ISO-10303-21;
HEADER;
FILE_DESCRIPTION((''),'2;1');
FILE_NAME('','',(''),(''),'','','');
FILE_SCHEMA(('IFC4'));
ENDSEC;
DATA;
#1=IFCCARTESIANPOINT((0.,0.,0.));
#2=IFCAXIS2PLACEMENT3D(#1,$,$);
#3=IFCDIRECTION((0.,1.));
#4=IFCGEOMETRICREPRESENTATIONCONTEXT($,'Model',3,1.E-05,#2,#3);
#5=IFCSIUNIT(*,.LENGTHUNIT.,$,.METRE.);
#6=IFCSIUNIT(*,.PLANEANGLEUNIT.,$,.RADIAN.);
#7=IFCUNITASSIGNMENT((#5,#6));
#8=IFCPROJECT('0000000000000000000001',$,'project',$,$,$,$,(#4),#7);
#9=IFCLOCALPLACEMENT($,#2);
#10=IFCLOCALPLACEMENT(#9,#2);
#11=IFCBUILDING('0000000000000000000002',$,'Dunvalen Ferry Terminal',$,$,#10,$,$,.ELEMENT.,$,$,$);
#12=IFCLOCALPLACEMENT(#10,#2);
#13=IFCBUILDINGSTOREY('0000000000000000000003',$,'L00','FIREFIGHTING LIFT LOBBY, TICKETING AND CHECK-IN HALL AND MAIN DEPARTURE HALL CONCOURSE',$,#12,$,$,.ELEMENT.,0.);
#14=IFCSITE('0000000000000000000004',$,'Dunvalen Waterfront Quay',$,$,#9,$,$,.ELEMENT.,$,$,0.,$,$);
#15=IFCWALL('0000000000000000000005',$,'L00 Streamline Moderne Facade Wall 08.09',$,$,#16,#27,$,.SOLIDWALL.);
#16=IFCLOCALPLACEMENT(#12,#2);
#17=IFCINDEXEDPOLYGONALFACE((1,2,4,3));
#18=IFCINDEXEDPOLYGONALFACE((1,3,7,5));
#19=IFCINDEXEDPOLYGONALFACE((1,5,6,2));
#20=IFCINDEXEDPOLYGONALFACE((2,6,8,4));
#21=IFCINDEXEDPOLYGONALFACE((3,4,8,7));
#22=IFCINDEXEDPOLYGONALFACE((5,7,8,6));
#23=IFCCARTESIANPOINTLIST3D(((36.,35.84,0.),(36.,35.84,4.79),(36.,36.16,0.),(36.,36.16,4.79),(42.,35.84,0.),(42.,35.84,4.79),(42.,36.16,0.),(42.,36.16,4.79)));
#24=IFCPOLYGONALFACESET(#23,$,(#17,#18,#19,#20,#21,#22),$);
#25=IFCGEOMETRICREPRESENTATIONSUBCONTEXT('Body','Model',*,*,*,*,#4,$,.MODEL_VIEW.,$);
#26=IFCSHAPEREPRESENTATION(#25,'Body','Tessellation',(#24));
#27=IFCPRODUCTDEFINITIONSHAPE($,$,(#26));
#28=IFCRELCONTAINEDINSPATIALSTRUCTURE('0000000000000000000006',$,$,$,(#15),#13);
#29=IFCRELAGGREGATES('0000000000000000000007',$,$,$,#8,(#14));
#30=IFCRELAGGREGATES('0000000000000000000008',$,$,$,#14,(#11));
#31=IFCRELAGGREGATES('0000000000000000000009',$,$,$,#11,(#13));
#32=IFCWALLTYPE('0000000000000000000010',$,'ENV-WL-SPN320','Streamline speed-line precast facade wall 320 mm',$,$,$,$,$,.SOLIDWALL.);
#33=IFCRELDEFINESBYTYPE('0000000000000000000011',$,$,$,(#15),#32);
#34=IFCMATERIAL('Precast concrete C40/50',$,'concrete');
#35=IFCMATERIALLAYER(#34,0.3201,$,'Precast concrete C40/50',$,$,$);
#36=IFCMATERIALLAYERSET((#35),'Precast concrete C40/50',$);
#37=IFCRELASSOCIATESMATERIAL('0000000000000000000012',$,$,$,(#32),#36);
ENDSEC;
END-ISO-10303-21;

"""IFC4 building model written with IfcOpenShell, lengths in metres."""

from ifc_helpers import new_model, si_unit, direction, frame, frame_2d, origin, place, context, subcontext, project, spatial, rectangle, extrude, material, layer, layer_set, type_object, element, save


model = new_model("IFC4")

# Units and contexts
model_context = context("Model", 3, precision=1e-05, world=origin(), true_north=direction((0.0, 1.0)))
body_context = subcontext(model_context, "Body", "Model", "MODEL_VIEW")
ifc_project = project(units=[si_unit("LENGTHUNIT", "METRE"), si_unit("PLANEANGLEUNIT", "RADIAN")], contexts=[model_context])

# Site, building, storey
site_placement = place(None, origin())
site = spatial("IfcSite", under=ifc_project, at=site_placement, Name="Dunvalen Waterfront Quay", CompositionType="ELEMENT", RefElevation=0.0)
building_placement = place(site_placement, origin())
building = spatial("IfcBuilding", under=site, at=building_placement, Name="Dunvalen Ferry Terminal", CompositionType="ELEMENT")
storey_placement = place(building_placement, origin())
storey = spatial("IfcBuildingStorey", under=building, at=storey_placement, Name="L00", Description="FIREFIGHTING LIFT LOBBY, TICKETING AND CHECK-IN HALL AND MAIN DEPARTURE HALL CONCOURSE", CompositionType="ELEMENT", Elevation=0.0)

# Wall
ifc_material_1 = material(Name="Precast concrete C40/50", Category="concrete")
ifc_layer_1 = layer(ifc_material_1, 0.3201, Name="Precast concrete C40/50")
ifc_layer_set_1 = layer_set([ifc_layer_1], Name="Precast concrete C40/50")
wall_type = type_object("IfcWallType", Name="ENV-WL-SPN320", Description="Streamline speed-line precast facade wall 320 mm", PredefinedType="SOLIDWALL", material=ifc_layer_set_1)
wall_placement = place(storey_placement, frame((42.0, 36.0, 0.0), z_axis=(0.0, 0.0, 1.0), x_axis=(-1.0, 0.0, 0.0)))
element("IfcWall", 1, at=wall_placement, inside=storey, type_object=wall_type, Name="L00 Streamline Moderne Facade Wall 08.09", PredefinedType="SOLIDWALL", context=body_context, shape_type="SweptSolid", body=[
    extrude(rectangle(XDim=6.0, YDim=0.3201, at=frame_2d((3.0, 0.0))), origin(), (0.0, 0.0, 1.0), 4.79),
])

save(model, "model.ifc")
